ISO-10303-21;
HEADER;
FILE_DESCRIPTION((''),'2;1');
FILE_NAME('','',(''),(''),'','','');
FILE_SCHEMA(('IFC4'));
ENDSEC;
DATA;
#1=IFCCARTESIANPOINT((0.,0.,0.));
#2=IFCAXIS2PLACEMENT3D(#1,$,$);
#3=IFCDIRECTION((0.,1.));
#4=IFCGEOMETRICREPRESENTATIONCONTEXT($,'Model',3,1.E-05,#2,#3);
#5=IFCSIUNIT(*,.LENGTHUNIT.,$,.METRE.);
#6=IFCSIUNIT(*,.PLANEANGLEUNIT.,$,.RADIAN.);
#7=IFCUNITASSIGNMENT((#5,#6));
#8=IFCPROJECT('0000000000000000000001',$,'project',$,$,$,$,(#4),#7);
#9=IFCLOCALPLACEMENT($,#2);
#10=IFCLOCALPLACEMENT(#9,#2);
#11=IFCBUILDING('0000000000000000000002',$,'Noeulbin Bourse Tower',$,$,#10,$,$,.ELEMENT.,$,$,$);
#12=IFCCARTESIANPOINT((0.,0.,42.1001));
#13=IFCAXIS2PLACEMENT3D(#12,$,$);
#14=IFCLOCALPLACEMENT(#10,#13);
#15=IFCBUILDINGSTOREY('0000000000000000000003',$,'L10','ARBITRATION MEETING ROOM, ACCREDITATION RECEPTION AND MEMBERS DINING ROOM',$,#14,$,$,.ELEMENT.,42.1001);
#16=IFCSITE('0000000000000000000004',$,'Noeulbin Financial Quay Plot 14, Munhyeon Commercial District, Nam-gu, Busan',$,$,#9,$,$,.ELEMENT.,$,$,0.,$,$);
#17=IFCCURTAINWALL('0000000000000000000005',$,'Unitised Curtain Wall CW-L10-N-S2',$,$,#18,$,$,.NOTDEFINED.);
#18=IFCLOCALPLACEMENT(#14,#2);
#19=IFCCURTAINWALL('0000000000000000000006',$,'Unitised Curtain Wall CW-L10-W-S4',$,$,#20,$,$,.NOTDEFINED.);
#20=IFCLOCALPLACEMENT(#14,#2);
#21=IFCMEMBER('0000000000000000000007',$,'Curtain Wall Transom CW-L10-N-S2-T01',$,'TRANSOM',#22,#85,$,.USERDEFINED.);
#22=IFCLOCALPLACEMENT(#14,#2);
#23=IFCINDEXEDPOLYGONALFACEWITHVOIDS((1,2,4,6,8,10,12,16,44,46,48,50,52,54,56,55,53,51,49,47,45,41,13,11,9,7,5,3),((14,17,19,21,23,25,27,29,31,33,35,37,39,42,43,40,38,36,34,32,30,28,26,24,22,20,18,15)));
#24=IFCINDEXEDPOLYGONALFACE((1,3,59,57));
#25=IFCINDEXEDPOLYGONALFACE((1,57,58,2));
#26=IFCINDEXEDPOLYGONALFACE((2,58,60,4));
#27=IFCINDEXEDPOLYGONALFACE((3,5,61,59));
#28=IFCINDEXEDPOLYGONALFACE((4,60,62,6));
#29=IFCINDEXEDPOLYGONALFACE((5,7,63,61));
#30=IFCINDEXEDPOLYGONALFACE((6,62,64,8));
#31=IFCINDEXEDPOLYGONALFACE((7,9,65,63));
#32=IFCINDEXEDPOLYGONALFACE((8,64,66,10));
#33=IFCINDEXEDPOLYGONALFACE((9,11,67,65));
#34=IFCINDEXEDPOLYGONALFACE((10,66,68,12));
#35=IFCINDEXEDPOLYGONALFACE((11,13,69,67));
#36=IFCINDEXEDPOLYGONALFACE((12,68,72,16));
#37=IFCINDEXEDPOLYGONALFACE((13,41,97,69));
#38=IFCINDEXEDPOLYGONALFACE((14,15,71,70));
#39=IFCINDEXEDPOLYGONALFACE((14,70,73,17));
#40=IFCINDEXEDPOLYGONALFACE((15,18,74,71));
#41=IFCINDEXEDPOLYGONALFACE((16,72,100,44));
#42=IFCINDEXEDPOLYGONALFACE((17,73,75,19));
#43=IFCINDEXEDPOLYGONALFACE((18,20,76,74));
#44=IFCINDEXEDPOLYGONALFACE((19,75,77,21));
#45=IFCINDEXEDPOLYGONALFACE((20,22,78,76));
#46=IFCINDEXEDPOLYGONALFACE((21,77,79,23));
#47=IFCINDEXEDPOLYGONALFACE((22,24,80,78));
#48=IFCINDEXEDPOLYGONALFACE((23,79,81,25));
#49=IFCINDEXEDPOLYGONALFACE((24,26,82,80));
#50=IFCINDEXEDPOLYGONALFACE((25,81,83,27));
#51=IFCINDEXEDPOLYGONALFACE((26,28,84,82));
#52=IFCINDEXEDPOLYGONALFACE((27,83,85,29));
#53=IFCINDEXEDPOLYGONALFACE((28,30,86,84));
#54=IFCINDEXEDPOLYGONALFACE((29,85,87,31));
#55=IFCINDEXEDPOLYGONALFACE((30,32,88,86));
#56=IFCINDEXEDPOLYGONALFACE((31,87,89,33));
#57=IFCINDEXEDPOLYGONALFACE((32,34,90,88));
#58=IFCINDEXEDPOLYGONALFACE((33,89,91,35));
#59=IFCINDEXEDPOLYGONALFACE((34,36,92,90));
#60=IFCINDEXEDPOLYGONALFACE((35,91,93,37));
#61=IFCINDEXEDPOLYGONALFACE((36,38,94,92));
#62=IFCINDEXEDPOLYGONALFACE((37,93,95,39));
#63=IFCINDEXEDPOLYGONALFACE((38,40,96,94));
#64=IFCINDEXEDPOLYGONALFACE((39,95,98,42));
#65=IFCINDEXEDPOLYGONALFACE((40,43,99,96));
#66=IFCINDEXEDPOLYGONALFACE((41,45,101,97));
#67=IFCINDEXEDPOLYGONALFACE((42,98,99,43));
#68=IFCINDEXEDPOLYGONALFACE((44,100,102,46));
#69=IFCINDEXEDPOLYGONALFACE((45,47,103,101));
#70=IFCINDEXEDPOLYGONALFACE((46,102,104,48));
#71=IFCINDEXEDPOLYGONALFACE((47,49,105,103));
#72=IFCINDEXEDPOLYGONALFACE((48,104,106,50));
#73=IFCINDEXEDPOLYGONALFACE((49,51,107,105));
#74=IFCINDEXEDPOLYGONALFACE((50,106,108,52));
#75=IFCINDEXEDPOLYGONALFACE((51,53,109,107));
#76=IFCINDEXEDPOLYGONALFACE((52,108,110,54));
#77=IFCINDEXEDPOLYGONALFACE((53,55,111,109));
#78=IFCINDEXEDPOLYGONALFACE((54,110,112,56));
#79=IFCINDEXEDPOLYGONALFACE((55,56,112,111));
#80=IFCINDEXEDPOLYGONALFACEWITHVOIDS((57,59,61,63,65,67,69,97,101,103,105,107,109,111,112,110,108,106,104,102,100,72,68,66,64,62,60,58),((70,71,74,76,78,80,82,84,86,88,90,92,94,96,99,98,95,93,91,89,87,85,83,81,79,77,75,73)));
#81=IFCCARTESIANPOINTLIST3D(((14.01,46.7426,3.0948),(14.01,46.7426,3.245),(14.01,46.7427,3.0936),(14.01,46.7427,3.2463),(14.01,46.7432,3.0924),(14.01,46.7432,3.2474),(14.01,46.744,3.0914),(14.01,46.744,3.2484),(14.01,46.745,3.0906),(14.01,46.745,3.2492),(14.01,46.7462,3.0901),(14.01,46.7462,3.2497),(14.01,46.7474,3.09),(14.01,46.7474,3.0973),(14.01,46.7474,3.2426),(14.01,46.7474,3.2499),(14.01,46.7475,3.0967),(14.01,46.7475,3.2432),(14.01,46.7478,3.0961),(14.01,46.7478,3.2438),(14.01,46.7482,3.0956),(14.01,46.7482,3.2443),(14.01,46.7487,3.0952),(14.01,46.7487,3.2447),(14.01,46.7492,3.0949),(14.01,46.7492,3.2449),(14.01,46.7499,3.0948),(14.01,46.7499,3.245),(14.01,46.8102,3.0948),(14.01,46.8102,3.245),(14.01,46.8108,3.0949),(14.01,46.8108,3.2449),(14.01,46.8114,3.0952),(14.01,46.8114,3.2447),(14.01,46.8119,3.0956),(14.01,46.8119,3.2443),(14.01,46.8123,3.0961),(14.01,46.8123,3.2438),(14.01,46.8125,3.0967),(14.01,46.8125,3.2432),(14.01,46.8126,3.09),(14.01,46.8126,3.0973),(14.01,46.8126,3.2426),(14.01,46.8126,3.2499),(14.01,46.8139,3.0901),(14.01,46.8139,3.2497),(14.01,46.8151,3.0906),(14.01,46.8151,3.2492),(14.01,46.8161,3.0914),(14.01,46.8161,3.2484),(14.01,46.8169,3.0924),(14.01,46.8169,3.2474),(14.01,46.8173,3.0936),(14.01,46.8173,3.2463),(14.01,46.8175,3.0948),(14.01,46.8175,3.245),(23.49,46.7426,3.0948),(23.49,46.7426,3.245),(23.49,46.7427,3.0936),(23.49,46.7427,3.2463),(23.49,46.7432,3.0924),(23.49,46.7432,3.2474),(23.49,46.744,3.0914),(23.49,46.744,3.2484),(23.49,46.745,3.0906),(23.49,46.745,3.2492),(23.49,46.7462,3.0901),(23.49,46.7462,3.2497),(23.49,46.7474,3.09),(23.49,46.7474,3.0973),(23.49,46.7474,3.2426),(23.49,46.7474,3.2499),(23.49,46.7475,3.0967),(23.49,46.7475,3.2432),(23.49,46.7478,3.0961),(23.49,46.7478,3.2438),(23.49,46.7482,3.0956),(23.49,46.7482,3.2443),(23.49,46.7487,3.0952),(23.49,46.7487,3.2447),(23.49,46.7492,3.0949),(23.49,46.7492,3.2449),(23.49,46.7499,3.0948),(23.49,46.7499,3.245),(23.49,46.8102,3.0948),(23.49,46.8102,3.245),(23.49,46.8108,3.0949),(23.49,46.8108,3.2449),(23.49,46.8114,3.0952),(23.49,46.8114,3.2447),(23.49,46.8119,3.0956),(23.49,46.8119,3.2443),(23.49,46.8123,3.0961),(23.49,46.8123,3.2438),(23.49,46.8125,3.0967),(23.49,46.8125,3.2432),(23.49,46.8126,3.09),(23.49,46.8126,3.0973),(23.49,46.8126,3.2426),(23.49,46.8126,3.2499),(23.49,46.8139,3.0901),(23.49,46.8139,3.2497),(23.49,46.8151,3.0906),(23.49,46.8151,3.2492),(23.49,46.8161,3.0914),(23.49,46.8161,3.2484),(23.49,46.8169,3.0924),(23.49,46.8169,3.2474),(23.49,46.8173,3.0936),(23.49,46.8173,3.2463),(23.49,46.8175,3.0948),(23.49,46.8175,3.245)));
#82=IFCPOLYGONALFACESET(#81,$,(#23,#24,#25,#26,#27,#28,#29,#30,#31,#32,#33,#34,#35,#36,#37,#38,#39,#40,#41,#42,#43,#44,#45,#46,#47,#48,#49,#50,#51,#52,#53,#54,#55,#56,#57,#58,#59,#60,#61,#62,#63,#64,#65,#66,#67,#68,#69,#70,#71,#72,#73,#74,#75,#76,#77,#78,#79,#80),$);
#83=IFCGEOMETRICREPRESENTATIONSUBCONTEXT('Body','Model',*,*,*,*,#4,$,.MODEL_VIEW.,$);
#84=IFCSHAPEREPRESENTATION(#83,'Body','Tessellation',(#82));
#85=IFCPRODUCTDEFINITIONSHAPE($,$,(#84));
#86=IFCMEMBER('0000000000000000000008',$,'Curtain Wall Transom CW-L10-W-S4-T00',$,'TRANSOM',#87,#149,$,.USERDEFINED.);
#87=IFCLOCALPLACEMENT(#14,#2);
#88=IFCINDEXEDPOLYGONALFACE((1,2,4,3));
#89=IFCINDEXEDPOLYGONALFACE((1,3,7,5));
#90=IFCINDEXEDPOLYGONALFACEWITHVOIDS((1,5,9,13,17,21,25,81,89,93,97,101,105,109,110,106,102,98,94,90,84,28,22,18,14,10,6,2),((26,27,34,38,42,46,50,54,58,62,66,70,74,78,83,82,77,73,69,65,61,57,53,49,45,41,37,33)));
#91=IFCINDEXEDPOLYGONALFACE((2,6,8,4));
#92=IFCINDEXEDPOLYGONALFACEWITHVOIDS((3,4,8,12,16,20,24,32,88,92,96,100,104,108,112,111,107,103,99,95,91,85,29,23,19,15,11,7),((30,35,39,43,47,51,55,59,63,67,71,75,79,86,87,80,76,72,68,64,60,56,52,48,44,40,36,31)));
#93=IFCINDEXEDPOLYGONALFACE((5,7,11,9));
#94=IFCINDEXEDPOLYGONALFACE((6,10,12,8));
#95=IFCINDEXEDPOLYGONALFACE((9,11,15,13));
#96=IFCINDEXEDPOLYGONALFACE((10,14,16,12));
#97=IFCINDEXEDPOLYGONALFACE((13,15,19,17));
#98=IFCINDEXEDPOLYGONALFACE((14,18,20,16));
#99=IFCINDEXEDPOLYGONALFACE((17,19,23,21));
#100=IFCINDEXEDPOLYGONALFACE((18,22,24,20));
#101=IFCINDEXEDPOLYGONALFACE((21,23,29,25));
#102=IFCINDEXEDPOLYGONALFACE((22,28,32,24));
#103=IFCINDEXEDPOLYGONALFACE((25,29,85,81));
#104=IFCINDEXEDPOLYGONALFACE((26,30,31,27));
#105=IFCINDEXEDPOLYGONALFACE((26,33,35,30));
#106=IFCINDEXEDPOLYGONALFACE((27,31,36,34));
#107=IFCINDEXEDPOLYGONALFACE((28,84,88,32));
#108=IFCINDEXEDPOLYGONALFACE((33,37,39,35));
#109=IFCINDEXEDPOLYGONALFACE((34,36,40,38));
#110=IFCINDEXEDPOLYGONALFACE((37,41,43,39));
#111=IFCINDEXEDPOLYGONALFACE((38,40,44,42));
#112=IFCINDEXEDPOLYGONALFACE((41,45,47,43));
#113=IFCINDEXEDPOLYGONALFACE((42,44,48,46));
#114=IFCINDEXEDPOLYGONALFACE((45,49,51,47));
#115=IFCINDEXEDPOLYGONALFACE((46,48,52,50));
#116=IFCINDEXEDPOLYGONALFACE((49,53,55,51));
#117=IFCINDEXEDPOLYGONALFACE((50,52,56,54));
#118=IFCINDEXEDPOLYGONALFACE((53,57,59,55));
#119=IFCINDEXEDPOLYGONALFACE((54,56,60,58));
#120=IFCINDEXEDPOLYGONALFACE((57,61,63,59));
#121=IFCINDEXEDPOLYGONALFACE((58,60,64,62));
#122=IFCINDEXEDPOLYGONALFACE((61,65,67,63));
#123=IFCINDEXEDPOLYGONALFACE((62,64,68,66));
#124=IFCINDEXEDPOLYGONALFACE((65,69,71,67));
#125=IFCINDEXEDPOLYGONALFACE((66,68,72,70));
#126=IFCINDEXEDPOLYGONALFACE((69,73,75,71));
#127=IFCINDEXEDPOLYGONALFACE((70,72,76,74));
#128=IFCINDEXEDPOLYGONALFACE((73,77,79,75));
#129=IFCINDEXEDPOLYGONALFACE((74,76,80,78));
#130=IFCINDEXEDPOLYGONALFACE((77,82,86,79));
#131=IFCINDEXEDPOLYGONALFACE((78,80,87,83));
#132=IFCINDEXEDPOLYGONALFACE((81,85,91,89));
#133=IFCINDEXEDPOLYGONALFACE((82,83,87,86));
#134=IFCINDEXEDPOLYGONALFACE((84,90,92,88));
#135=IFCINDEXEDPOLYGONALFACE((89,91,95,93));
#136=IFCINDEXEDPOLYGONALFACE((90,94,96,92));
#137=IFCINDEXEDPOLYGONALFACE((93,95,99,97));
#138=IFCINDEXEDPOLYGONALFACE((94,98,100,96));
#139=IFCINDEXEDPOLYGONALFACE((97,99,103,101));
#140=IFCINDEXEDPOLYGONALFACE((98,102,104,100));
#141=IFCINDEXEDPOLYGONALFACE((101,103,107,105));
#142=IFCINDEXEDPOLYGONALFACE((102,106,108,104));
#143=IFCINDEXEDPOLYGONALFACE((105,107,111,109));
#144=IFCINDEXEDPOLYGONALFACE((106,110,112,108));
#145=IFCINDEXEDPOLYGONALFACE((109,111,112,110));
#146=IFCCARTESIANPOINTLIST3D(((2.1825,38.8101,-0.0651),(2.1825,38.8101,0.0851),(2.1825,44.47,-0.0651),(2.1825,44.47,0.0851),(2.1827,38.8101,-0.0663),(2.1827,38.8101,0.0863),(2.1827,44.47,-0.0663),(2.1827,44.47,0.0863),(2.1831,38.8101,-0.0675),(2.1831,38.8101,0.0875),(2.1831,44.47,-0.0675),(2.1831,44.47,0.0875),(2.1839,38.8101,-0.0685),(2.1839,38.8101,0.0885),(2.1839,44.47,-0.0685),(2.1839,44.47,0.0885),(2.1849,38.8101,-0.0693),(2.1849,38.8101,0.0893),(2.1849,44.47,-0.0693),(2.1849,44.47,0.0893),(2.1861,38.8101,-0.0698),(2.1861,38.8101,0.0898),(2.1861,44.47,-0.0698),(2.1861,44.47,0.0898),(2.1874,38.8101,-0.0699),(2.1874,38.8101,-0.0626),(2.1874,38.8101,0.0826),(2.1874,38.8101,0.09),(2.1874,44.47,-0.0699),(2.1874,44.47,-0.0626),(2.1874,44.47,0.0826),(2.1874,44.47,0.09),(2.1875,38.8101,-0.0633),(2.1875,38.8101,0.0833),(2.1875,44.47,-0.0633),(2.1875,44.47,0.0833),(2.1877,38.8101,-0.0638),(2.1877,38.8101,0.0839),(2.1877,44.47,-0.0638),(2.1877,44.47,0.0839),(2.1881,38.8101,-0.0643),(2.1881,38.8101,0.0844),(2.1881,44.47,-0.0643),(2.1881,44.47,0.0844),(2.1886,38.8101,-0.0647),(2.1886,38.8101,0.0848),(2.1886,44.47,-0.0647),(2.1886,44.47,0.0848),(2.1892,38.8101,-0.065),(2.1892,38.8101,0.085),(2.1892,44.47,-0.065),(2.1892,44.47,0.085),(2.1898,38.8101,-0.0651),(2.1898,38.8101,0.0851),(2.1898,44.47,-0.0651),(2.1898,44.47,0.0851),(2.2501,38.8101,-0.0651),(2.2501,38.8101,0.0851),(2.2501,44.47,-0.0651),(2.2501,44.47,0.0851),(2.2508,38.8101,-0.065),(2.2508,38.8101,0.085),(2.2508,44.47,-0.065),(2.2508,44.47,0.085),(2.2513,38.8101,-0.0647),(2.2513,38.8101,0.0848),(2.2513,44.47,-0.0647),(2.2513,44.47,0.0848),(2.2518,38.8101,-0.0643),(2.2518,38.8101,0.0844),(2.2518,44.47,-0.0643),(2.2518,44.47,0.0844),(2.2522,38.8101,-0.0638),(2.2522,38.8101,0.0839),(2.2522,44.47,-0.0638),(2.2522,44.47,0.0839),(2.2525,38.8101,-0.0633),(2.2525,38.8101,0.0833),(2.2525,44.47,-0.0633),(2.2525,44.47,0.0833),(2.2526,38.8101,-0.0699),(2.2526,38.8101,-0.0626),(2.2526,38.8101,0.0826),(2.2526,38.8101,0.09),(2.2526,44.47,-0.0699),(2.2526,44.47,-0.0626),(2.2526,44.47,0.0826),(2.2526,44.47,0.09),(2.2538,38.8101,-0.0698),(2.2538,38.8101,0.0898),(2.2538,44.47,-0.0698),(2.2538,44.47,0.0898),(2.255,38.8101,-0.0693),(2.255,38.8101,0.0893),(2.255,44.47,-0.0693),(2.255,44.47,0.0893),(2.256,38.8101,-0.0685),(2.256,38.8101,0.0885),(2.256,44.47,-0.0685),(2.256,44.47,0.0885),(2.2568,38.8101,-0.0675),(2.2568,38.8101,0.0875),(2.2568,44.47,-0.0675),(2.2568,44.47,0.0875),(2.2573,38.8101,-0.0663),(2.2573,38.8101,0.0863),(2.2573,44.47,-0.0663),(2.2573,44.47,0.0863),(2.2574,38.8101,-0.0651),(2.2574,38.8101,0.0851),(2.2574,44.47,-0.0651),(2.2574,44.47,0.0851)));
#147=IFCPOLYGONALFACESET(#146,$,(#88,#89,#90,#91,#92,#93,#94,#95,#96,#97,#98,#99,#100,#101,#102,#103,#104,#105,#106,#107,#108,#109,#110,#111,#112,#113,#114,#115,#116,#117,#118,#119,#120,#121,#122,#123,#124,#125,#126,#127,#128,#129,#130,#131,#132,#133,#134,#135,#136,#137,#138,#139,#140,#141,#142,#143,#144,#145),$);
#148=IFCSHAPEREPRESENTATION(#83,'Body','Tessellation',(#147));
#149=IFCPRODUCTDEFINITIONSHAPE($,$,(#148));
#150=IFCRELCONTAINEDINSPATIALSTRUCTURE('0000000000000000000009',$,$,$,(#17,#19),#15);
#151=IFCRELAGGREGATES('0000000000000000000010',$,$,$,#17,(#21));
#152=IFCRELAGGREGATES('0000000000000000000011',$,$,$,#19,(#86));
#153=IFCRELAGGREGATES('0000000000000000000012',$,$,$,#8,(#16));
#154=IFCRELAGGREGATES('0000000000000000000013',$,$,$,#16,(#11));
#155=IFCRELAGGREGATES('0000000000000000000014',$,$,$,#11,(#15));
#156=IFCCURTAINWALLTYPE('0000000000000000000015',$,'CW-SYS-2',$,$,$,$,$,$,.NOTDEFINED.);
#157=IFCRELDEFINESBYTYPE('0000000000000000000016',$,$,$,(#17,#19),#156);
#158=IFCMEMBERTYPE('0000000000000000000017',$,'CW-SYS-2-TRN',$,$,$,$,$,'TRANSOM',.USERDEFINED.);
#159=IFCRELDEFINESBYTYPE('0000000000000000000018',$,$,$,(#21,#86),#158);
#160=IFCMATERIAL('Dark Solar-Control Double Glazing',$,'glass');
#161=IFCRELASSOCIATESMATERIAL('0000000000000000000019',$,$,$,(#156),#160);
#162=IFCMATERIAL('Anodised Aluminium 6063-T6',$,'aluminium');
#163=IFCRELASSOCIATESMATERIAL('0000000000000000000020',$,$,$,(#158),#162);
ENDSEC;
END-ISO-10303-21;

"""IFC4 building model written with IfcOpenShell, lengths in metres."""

from ifc_helpers import new_model, si_unit, direction, frame, origin, origin_2d, place, context, subcontext, project, spatial, hollow_rectangle, extrude, material, material_profile, profile_set, type_object, element, aggregate, save


model = new_model("IFC4")

# Units and contexts
model_context = context("Model", 3, precision=1e-05, world=origin(), true_north=direction((0.0, 1.0)))
body_context = subcontext(model_context, "Body", "Model", "MODEL_VIEW")
ifc_project = project(units=[si_unit("LENGTHUNIT", "METRE"), si_unit("PLANEANGLEUNIT", "RADIAN")], contexts=[model_context])

# Site, building, storey
site_placement = place(None, origin())
site = spatial("IfcSite", under=ifc_project, at=site_placement, Name="Noeulbin Financial Quay Plot 14, Munhyeon Commercial District, Nam-gu, Busan", CompositionType="ELEMENT", RefElevation=0.0)
building_placement = place(site_placement, origin())
building = spatial("IfcBuilding", under=site, at=building_placement, Name="Noeulbin Bourse Tower", CompositionType="ELEMENT")
storey_placement = place(building_placement, frame((0.0, 0.0, 42.1001)))
storey = spatial("IfcBuildingStorey", under=building, at=storey_placement, Name="L10", Description="ARBITRATION MEETING ROOM, ACCREDITATION RECEPTION AND MEMBERS DINING ROOM", CompositionType="ELEMENT", Elevation=42.1001)

# Shared definitions
ifc_material_1 = material(Name="Dark Solar-Control Double Glazing", Category="glass")
curtain_wall_type = type_object("IfcCurtainWallType", Name="CW-SYS-2", PredefinedType="NOTDEFINED", material=ifc_material_1)
ifc_material_2 = material(Name="Anodised Aluminium 6063-T6", Category="aluminium")

# Curtain wall
curtain_wall_1_placement = place(storey_placement, origin())
curtain_wall_1 = element("IfcCurtainWall", 1, at=curtain_wall_1_placement, inside=storey, type_object=curtain_wall_type, Name="Unitised Curtain Wall CW-L10-N-S2", PredefinedType="NOTDEFINED")

# Curtain wall
curtain_wall_2_placement = place(storey_placement, origin())
curtain_wall_2 = element("IfcCurtainWall", 2, at=curtain_wall_2_placement, inside=storey, type_object=curtain_wall_type, Name="Unitised Curtain Wall CW-L10-W-S4", PredefinedType="NOTDEFINED")

# Members
ifc_material_profile_1 = material_profile(ifc_material_2, hollow_rectangle(XDim=0.075, YDim=0.1599, WallThickness=0.0049, InnerFilletRadius=0.0024, OuterFilletRadius=0.0049, at=origin_2d()), Name="ALU-TRAN-75x160x5", Category="LoadBearing")
ifc_profile_set_1 = profile_set([ifc_material_profile_1], Name="Anodised Aluminium 6063-T6")
member_type_1 = type_object("IfcMemberType", Name="CW-SYS-2-TRN", ElementType="TRANSOM", PredefinedType="USERDEFINED", material=ifc_profile_set_1)
member_1_placement = place(storey_placement, frame((14.01, 46.78, 3.1699), z_axis=(1.0, 0.0, 0.0), x_axis=(0.0, 1.0, 0.0)))
member_1 = element("IfcMember", 3, at=member_1_placement, type_object=member_type_1, Name="Curtain Wall Transom CW-L10-N-S2-T01", ObjectType="TRANSOM", PredefinedType="USERDEFINED", context=body_context, shape_type="SweptSolid", body=[
    extrude(hollow_rectangle(XDim=0.075, YDim=0.1599, WallThickness=0.0049, InnerFilletRadius=0.0024, OuterFilletRadius=0.0049, at=origin_2d()), origin(), (0.0, 0.0, 1.0), 9.48),
])
aggregate(curtain_wall_1, [member_1])
member_2_placement = place(storey_placement, frame((2.22, 38.8101, 0.01), z_axis=(0.0, 1.0, 0.0), x_axis=(-1.0, 0.0, 0.0)))
member_2 = element("IfcMember", 4, at=member_2_placement, type_object=member_type_1, Name="Curtain Wall Transom CW-L10-W-S4-T00", ObjectType="TRANSOM", PredefinedType="USERDEFINED", context=body_context, shape_type="SweptSolid", body=[
    extrude(hollow_rectangle(XDim=0.075, YDim=0.1599, WallThickness=0.0049, InnerFilletRadius=0.0024, OuterFilletRadius=0.0049, at=origin_2d()), origin(), (0.0, 0.0, 1.0), 5.6599),
])

aggregate(curtain_wall_2, [member_2])

save(model, "model.ifc")
